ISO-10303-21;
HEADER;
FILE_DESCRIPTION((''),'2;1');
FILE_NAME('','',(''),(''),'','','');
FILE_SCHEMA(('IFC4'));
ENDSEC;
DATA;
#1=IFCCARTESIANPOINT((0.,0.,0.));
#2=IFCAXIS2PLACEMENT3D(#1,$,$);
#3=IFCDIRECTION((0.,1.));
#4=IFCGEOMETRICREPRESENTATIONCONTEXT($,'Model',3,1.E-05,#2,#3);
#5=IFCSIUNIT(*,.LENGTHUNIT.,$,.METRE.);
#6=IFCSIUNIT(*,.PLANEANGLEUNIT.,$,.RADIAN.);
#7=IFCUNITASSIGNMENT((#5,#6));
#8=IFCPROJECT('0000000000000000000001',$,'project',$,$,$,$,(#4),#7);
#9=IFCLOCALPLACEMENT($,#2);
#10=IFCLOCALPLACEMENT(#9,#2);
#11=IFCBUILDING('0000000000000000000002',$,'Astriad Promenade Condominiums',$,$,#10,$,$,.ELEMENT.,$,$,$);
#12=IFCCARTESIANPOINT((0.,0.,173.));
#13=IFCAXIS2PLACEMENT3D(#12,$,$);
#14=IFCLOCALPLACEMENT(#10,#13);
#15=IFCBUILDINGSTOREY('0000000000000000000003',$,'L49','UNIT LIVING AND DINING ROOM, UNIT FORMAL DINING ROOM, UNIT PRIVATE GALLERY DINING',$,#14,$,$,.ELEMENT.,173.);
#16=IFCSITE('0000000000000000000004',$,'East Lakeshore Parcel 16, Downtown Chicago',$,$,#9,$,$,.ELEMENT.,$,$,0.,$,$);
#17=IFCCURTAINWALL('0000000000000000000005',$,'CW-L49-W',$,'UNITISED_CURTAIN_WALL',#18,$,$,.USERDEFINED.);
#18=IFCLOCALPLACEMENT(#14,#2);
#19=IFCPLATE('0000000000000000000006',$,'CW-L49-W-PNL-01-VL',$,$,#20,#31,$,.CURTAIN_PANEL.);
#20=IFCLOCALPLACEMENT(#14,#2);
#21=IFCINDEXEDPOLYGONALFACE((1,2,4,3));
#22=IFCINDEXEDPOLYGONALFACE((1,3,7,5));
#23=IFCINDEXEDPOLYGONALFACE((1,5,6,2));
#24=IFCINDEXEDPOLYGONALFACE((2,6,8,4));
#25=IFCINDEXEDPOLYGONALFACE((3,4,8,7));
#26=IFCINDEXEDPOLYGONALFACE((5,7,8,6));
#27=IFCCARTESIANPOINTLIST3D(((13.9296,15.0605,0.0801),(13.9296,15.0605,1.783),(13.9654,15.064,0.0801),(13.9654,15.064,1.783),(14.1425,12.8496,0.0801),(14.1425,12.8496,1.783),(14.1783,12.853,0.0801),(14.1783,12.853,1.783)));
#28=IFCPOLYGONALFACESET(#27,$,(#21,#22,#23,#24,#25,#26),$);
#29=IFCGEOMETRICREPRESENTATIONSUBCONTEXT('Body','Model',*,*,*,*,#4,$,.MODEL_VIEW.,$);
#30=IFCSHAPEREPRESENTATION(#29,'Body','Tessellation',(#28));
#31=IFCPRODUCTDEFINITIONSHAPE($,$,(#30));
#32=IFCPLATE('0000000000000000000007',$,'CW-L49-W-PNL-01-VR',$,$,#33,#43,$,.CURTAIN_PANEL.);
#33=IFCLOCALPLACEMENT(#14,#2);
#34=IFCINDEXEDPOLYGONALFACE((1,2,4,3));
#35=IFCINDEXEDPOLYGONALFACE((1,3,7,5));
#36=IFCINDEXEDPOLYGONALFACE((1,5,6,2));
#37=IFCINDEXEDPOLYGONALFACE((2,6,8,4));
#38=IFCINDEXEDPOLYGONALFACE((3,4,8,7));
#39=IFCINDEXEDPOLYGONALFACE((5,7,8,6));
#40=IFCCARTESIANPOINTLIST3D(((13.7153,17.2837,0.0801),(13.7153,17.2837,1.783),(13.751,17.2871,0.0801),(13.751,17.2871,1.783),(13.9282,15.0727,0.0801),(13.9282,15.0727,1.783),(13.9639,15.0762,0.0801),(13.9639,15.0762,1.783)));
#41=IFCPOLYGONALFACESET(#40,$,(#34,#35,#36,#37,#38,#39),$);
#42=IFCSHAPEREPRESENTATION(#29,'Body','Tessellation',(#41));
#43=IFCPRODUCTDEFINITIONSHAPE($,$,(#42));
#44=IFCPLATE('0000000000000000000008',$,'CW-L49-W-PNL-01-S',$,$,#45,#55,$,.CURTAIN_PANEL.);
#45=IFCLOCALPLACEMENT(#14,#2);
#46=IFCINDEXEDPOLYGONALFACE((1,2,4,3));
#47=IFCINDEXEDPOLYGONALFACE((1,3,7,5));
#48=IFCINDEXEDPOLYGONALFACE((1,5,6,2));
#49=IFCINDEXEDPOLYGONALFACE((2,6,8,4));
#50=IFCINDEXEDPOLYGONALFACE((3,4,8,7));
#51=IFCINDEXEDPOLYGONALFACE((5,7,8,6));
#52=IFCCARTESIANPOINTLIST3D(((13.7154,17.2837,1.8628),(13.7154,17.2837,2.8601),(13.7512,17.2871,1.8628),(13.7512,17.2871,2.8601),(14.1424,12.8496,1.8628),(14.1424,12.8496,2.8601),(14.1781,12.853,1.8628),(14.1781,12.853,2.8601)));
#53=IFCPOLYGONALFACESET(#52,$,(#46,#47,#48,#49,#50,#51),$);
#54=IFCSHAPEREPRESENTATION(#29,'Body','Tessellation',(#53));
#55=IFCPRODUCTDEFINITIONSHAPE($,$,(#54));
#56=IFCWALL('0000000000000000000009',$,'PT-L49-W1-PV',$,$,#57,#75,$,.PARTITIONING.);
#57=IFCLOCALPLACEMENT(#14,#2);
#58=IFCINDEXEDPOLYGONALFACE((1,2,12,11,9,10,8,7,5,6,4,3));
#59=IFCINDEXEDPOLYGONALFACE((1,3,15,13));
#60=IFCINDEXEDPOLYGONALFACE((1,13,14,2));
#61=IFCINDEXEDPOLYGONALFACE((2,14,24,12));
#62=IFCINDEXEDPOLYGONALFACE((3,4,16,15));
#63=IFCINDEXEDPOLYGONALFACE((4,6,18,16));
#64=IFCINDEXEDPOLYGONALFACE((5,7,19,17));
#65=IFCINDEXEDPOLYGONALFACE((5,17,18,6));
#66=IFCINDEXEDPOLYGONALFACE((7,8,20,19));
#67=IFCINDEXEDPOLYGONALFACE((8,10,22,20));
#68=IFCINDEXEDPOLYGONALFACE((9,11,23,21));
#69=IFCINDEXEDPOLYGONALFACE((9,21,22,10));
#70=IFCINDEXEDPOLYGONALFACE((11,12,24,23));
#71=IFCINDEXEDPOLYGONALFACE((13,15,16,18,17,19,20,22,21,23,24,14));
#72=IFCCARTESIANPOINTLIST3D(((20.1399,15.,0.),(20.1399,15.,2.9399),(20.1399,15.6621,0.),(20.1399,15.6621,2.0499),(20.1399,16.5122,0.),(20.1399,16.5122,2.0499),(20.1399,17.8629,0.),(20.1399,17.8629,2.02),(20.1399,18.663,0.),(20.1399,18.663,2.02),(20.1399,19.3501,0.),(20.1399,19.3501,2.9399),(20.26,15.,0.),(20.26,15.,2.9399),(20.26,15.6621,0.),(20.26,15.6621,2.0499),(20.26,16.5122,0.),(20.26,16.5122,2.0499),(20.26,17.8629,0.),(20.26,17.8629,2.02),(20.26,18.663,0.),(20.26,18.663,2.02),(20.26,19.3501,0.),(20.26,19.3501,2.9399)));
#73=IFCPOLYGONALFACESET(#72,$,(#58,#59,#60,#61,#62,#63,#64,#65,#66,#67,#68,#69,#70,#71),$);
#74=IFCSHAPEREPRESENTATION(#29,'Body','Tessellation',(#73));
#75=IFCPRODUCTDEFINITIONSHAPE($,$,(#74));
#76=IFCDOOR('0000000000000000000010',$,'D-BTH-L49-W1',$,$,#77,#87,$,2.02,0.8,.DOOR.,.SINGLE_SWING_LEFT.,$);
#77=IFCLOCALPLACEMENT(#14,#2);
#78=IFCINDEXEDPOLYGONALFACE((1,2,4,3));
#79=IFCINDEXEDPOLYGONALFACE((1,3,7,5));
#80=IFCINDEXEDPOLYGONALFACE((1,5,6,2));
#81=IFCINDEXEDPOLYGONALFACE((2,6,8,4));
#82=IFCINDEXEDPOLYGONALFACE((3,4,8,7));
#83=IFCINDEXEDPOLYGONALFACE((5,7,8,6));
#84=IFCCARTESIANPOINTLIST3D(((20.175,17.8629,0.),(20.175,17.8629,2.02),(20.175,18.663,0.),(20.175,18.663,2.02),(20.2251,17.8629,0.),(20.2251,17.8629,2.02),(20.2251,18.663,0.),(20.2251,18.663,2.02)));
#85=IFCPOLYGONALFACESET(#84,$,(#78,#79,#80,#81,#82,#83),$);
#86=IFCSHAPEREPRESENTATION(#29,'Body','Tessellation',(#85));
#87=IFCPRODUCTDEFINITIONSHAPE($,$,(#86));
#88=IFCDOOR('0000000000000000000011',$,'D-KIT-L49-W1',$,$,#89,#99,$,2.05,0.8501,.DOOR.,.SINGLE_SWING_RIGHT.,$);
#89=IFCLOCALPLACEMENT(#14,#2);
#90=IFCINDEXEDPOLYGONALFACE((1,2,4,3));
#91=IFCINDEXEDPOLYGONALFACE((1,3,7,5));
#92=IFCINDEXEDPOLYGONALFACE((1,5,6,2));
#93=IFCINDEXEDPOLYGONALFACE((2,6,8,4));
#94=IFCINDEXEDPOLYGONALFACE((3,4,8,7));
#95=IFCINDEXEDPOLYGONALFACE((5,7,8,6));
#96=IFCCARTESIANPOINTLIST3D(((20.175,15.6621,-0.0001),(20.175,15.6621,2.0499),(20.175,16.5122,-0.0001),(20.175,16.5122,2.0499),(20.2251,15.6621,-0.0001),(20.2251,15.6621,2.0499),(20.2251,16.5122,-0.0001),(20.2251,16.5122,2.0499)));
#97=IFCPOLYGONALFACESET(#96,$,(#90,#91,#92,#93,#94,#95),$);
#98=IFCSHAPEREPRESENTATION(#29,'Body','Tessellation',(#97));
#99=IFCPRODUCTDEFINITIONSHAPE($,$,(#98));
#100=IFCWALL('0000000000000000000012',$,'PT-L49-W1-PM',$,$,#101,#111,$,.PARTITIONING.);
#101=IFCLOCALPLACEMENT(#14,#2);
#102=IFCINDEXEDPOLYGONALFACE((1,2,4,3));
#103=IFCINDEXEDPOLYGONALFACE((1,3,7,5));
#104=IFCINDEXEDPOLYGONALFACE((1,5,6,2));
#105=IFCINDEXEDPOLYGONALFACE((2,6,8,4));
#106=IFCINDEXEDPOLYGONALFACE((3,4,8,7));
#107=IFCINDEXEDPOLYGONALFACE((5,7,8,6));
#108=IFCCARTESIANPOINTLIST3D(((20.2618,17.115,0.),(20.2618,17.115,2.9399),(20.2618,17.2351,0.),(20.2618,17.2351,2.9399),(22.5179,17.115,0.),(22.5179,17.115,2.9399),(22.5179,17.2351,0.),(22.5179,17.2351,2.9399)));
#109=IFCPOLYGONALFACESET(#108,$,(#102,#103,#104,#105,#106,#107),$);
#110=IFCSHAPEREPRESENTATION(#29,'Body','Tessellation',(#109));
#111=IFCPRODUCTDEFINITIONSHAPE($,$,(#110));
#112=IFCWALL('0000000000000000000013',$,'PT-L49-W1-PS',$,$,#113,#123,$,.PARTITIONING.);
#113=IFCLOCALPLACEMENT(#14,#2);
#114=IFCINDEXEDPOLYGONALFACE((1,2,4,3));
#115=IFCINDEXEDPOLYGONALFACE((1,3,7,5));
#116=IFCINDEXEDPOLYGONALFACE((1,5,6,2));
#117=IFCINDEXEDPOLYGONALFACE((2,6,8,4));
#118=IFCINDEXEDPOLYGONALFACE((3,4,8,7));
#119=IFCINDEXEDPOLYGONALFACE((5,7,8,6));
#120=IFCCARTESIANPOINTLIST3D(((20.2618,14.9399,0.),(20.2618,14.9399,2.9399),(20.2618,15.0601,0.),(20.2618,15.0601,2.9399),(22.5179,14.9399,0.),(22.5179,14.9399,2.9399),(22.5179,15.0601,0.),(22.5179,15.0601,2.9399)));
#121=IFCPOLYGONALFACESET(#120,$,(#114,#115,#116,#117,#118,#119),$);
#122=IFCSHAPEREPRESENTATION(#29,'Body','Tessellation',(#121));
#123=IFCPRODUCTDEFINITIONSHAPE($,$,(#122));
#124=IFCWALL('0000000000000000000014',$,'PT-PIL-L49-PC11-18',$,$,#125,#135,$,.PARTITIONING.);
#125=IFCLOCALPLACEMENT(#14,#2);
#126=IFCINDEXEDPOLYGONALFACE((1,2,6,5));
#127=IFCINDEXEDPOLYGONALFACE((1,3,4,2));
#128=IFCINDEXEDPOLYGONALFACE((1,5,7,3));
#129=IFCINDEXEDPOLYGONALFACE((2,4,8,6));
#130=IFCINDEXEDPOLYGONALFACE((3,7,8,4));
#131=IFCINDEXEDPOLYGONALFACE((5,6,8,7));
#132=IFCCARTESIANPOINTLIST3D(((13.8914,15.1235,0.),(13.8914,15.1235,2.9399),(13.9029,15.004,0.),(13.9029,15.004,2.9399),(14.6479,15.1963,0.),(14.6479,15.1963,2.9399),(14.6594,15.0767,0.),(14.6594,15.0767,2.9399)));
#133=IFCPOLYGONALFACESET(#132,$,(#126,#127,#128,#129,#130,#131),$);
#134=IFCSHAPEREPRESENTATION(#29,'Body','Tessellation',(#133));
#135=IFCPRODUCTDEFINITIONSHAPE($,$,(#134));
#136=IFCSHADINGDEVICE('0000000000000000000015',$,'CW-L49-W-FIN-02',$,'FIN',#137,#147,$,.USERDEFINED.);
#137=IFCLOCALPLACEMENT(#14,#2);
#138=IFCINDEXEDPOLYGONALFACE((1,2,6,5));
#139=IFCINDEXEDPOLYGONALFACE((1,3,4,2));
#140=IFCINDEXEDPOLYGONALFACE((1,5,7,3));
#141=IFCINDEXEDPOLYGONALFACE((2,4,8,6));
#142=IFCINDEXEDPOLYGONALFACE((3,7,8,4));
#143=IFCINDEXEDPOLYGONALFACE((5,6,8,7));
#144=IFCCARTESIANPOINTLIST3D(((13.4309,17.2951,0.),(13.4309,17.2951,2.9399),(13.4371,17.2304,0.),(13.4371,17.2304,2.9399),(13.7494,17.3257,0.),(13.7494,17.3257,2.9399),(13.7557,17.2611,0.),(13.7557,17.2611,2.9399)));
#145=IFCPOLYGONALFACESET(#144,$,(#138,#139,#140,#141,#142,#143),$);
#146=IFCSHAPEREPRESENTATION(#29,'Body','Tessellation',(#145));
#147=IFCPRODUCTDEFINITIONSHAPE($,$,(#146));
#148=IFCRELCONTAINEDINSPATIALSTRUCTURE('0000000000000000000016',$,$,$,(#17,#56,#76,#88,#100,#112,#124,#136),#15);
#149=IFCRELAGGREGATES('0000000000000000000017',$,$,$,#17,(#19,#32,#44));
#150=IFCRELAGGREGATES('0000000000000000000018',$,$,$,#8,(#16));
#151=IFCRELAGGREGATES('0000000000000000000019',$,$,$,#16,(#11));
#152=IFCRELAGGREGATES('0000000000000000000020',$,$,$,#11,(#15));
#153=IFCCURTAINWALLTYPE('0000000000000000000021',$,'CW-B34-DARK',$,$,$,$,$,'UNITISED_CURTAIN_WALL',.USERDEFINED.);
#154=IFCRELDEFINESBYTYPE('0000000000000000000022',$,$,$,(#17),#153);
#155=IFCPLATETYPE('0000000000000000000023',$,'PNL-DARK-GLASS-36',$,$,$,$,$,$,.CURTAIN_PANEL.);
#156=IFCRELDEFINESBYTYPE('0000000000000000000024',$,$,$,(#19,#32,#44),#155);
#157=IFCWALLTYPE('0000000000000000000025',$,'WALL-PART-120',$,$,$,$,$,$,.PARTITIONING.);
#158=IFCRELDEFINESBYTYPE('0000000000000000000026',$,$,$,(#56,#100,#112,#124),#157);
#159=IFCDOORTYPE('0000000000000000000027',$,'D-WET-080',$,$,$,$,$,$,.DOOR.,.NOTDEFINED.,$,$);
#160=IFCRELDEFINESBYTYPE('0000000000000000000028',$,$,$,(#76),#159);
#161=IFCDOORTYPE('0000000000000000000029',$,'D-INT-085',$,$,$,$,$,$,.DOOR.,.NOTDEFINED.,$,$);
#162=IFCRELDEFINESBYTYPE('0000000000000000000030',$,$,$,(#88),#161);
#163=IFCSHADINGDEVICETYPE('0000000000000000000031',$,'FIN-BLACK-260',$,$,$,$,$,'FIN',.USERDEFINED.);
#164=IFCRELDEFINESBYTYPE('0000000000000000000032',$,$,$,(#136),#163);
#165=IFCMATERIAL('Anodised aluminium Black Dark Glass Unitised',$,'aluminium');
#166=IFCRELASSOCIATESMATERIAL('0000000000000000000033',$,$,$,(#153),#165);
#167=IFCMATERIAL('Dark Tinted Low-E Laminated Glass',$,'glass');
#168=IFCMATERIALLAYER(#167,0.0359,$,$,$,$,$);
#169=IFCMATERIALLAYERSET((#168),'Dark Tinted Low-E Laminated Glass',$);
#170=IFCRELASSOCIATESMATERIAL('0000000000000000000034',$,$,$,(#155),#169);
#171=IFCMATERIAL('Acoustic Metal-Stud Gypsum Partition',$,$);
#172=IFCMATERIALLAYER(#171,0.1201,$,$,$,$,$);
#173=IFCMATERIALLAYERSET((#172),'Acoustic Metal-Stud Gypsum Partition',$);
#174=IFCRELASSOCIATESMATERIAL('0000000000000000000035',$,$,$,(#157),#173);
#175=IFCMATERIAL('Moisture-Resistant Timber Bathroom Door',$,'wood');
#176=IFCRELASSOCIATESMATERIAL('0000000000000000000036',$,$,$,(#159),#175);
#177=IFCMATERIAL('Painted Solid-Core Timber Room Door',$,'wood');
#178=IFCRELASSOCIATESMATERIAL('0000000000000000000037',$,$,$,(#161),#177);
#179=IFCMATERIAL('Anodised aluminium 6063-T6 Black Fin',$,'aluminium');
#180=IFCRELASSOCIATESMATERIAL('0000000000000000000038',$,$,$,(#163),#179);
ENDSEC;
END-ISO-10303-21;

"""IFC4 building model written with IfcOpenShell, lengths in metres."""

from ifc_helpers import new_model, si_unit, direction, frame, frame_2d, origin, origin_2d, place, context, subcontext, project, spatial, rectangle, extrude, source, transform, mapped, material, layer, layer_set, type_object, type_shapes, element, fill, aggregate, save


model = new_model("IFC4")

# Units and contexts
model_context = context("Model", 3, precision=1e-05, world=origin(), true_north=direction((0.0, 1.0)))
body_context = subcontext(model_context, "Body", "Model", "MODEL_VIEW")
ifc_project = project(units=[si_unit("LENGTHUNIT", "METRE"), si_unit("PLANEANGLEUNIT", "RADIAN")], contexts=[model_context])

# Site, building, storey
site_placement = place(None, origin())
site = spatial("IfcSite", under=ifc_project, at=site_placement, Name="East Lakeshore Parcel 16, Downtown Chicago", CompositionType="ELEMENT", RefElevation=0.0)
building_placement = place(site_placement, origin())
building = spatial("IfcBuilding", under=site, at=building_placement, Name="Astriad Promenade Condominiums", CompositionType="ELEMENT")
storey_placement = place(building_placement, frame((0.0, 0.0, 173.0)))
storey = spatial("IfcBuildingStorey", under=building, at=storey_placement, Name="L49", Description="UNIT LIVING AND DINING ROOM, UNIT FORMAL DINING ROOM, UNIT PRIVATE GALLERY DINING", CompositionType="ELEMENT", Elevation=173.0)

# Curtain wall, plates
ifc_material_1 = material(Name="Anodised aluminium Black Dark Glass Unitised", Category="aluminium")
curtain_wall_type = type_object("IfcCurtainWallType", Name="CW-B34-DARK", ElementType="UNITISED_CURTAIN_WALL", PredefinedType="USERDEFINED", material=ifc_material_1)
curtain_wall_placement = place(storey_placement, origin())
curtain_wall = element("IfcCurtainWall", 1, at=curtain_wall_placement, inside=storey, type_object=curtain_wall_type, Name="CW-L49-W", ObjectType="UNITISED_CURTAIN_WALL", PredefinedType="USERDEFINED")
ifc_material_2 = material(Name="Dark Tinted Low-E Laminated Glass", Category="glass")
ifc_layer_1 = layer(ifc_material_2, 0.0359)
ifc_layer_set_1 = layer_set([ifc_layer_1], Name="Dark Tinted Low-E Laminated Glass")
plate_type = type_object("IfcPlateType", Name="PNL-DARK-GLASS-36", PredefinedType="CURTAIN_PANEL", material=ifc_layer_set_1)
shared_shape_1 = source(origin(), body_context, "Body", "SweptSolid", [
    extrude(rectangle(XDim=2.2212, YDim=0.0359, at=origin_2d()), origin(), (0.0, 0.0, 1.0), 1.7029),
])
plate_1_placement = place(storey_placement, frame((14.054, 13.9568, 0.0801), z_axis=(0.0, 0.0, 1.0), x_axis=(-0.095846, 0.995396, 0.0)))
plate_1 = element("IfcPlate", 2, at=plate_1_placement, type_object=plate_type, Name="CW-L49-W-PNL-01-VL", PredefinedType="CURTAIN_PANEL", context=body_context, shape_type="MappedRepresentation", body=[
    mapped(shared_shape_1, transform((0.0, 0.0, 0.0), scale=1.0)),
])
plate_2_placement = place(storey_placement, frame((13.8396, 16.1799, 0.0801), z_axis=(0.0, 0.0, 1.0), x_axis=(-0.095846, 0.995396, 0.0)))
plate_2 = element("IfcPlate", 3, at=plate_2_placement, type_object=plate_type, Name="CW-L49-W-PNL-01-VR", PredefinedType="CURTAIN_PANEL", context=body_context, shape_type="MappedRepresentation", body=[
    mapped(shared_shape_1, transform((0.0, 0.0, 0.0), scale=1.0)),
])
shared_shape_2 = source(origin(), body_context, "Body", "SweptSolid", [
    extrude(rectangle(XDim=4.4546, YDim=0.0359, at=origin_2d()), origin(), (0.0, 0.0, 1.0), 0.9973),
])
type_shapes(plate_type, [shared_shape_1, shared_shape_2])
plate_3_placement = place(storey_placement, frame((13.9468, 15.0684, 1.8628), z_axis=(0.0, 0.0, 1.0), x_axis=(-0.095846, 0.995396, 0.0)))
plate_3 = element("IfcPlate", 4, at=plate_3_placement, type_object=plate_type, Name="CW-L49-W-PNL-01-S", PredefinedType="CURTAIN_PANEL", context=body_context, shape_type="MappedRepresentation", body=[
    mapped(shared_shape_2, transform((0.0, 0.0, 0.0), scale=1.0)),
])
aggregate(curtain_wall, [plate_1, plate_2, plate_3])

# Wall, openings, doors
ifc_material_3 = material(Name="Acoustic Metal-Stud Gypsum Partition")
ifc_layer_2 = layer(ifc_material_3, 0.1201)
ifc_layer_set_2 = layer_set([ifc_layer_2], Name="Acoustic Metal-Stud Gypsum Partition")
wall_type = type_object("IfcWallType", Name="WALL-PART-120", PredefinedType="PARTITIONING", material=ifc_layer_set_2)
wall_1_placement = place(storey_placement, frame((20.2, 15.0, 0.0), z_axis=(0.0, 0.0, 1.0), x_axis=(0.0, 1.0, 0.0)))
wall_1 = element("IfcWall", 5, at=wall_1_placement, inside=storey, type_object=wall_type, Name="PT-L49-W1-PV", PredefinedType="PARTITIONING", context=body_context, shape_type="SweptSolid", body=[
    extrude(rectangle(XDim=4.3501, YDim=0.1201, at=frame_2d((2.175, 0.0))), origin(), (0.0, 0.0, 1.0), 2.9399),
])
opening_1_placement = place(wall_1_placement, frame((0.6621, 0.0, 0.0)))
opening_1 = element("IfcOpeningElement", 6, at=opening_1_placement, cuts=wall_1, PredefinedType="OPENING", context=body_context, shape_type="SweptSolid", body=[
    extrude(rectangle(XDim=0.8501, YDim=2.05, at=frame_2d((0.425, 1.0249))), frame((0.0, 0.0701, 0.0), z_axis=(0.0, -1.0, 0.0), x_axis=(1.0, 0.0, 0.0)), (0.0, 0.0, 1.0), 0.1401),
])
opening_2_placement = place(wall_1_placement, frame((2.863, 0.0, 0.0)))
opening_2 = element("IfcOpeningElement", 7, at=opening_2_placement, cuts=wall_1, PredefinedType="OPENING", context=body_context, shape_type="SweptSolid", body=[
    extrude(rectangle(XDim=0.8, YDim=2.02, at=frame_2d((0.3999, 1.01))), frame((0.0, 0.0701, 0.0), z_axis=(0.0, -1.0, 0.0), x_axis=(1.0, 0.0, 0.0)), (0.0, 0.0, 1.0), 0.1401),
])
ifc_material_4 = material(Name="Moisture-Resistant Timber Bathroom Door", Category="wood")
door_type_1 = type_object("IfcDoorType", Name="D-WET-080", OperationType="NOTDEFINED", PredefinedType="DOOR", material=ifc_material_4)
shared_shape_3 = source(origin(), body_context, "Body", "SweptSolid", [
    extrude(rectangle(XDim=0.8, YDim=2.02, at=frame_2d((0.3999, 1.01))), frame((0.0, 0.0249, 0.0), z_axis=(0.0, -1.0, 0.0), x_axis=(1.0, 0.0, 0.0)), (0.0, 0.0, 1.0), 0.05),
])
type_shapes(door_type_1, [shared_shape_3])
door_1_placement = place(opening_2_placement, origin())
door_1 = element("IfcDoor", 8, at=door_1_placement, inside=storey, type_object=door_type_1, Name="D-BTH-L49-W1", OperationType="SINGLE_SWING_LEFT", OverallHeight=2.02, OverallWidth=0.8, PredefinedType="DOOR", context=body_context, shape_type="MappedRepresentation", body=[
    mapped(shared_shape_3, transform((0.0, 0.0, 0.0), scale=1.0)),
])
fill(opening_2, door_1)
ifc_material_5 = material(Name="Painted Solid-Core Timber Room Door", Category="wood")
door_type_2 = type_object("IfcDoorType", Name="D-INT-085", OperationType="NOTDEFINED", PredefinedType="DOOR", material=ifc_material_5)
shared_shape_4 = source(origin(), body_context, "Body", "SweptSolid", [
    extrude(rectangle(XDim=0.8501, YDim=2.05, at=frame_2d((0.425, 1.0249))), frame((0.0, 0.0249, 0.0), z_axis=(0.0, -1.0, 0.0), x_axis=(1.0, 0.0, 0.0)), (0.0, 0.0, 1.0), 0.05),
])
type_shapes(door_type_2, [shared_shape_4])
door_2_placement = place(opening_1_placement, origin())
door_2 = element("IfcDoor", 9, at=door_2_placement, inside=storey, type_object=door_type_2, Name="D-KIT-L49-W1", OperationType="SINGLE_SWING_RIGHT", OverallHeight=2.05, OverallWidth=0.8501, PredefinedType="DOOR", context=body_context, shape_type="MappedRepresentation", body=[
    mapped(shared_shape_4, transform((0.0, 0.0, 0.0), scale=1.0)),
])
fill(opening_1, door_2)

# Walls
for number, where, z_axis, x_axis, name in (
    (10, (20.262, 17.175, 0.0), (0.0, 0.0, 1.0), (1.0, 0.0, 0.0), "PT-L49-W1-PM"),
    (11, (20.262, 15.0, 0.0), (0.0, 0.0, 1.0), (1.0, 0.0, 0.0), "PT-L49-W1-PS"),
):
    element("IfcWall", number, at=place(storey_placement, frame(where, z_axis=z_axis, x_axis=x_axis)), inside=storey, type_object=wall_type, Name=name, PredefinedType="PARTITIONING", context=body_context, shape_type="SweptSolid", body=[
        extrude(rectangle(XDim=2.2561, YDim=0.1201, at=frame_2d((1.1279, 0.0))), origin(), (0.0, 0.0, 1.0), 2.9399),
    ])
wall_2_placement = place(storey_placement, frame((14.6536, 15.1365, 0.0), z_axis=(0.0, 0.0, 1.0), x_axis=(-0.995408, -0.095719, 0.0)))
element("IfcWall", 12, at=wall_2_placement, inside=storey, type_object=wall_type, Name="PT-PIL-L49-PC11-18", PredefinedType="PARTITIONING", context=body_context, shape_type="SweptSolid", body=[
    extrude(rectangle(XDim=0.76, YDim=0.1201, at=frame_2d((0.3799, 0.0))), origin(), (0.0, 0.0, 1.0), 2.9399),
])

# Shading device
ifc_material_6 = material(Name="Anodised aluminium 6063-T6 Black Fin", Category="aluminium")
shading_device_type = type_object("IfcShadingDeviceType", Name="FIN-BLACK-260", ElementType="FIN", PredefinedType="USERDEFINED", material=ifc_material_6)
shared_shape_5 = source(origin(), body_context, "Body", "SweptSolid", [
    extrude(rectangle(XDim=0.0649, YDim=0.3201, at=origin_2d()), origin(), (0.0, 0.0, 1.0), 2.9399),
])
type_shapes(shading_device_type, [shared_shape_5])
shading_device_placement = place(storey_placement, frame((13.5933, 17.2781, 0.0), z_axis=(0.0, 0.0, 1.0), x_axis=(-0.095846, 0.995396, 0.0)))
element("IfcShadingDevice", 13, at=shading_device_placement, inside=storey, type_object=shading_device_type, Name="CW-L49-W-FIN-02", ObjectType="FIN", PredefinedType="USERDEFINED", context=body_context, shape_type="MappedRepresentation", body=[
    mapped(shared_shape_5, transform((0.0, 0.0, 0.0), scale=1.0)),
])

save(model, "model.ifc")
